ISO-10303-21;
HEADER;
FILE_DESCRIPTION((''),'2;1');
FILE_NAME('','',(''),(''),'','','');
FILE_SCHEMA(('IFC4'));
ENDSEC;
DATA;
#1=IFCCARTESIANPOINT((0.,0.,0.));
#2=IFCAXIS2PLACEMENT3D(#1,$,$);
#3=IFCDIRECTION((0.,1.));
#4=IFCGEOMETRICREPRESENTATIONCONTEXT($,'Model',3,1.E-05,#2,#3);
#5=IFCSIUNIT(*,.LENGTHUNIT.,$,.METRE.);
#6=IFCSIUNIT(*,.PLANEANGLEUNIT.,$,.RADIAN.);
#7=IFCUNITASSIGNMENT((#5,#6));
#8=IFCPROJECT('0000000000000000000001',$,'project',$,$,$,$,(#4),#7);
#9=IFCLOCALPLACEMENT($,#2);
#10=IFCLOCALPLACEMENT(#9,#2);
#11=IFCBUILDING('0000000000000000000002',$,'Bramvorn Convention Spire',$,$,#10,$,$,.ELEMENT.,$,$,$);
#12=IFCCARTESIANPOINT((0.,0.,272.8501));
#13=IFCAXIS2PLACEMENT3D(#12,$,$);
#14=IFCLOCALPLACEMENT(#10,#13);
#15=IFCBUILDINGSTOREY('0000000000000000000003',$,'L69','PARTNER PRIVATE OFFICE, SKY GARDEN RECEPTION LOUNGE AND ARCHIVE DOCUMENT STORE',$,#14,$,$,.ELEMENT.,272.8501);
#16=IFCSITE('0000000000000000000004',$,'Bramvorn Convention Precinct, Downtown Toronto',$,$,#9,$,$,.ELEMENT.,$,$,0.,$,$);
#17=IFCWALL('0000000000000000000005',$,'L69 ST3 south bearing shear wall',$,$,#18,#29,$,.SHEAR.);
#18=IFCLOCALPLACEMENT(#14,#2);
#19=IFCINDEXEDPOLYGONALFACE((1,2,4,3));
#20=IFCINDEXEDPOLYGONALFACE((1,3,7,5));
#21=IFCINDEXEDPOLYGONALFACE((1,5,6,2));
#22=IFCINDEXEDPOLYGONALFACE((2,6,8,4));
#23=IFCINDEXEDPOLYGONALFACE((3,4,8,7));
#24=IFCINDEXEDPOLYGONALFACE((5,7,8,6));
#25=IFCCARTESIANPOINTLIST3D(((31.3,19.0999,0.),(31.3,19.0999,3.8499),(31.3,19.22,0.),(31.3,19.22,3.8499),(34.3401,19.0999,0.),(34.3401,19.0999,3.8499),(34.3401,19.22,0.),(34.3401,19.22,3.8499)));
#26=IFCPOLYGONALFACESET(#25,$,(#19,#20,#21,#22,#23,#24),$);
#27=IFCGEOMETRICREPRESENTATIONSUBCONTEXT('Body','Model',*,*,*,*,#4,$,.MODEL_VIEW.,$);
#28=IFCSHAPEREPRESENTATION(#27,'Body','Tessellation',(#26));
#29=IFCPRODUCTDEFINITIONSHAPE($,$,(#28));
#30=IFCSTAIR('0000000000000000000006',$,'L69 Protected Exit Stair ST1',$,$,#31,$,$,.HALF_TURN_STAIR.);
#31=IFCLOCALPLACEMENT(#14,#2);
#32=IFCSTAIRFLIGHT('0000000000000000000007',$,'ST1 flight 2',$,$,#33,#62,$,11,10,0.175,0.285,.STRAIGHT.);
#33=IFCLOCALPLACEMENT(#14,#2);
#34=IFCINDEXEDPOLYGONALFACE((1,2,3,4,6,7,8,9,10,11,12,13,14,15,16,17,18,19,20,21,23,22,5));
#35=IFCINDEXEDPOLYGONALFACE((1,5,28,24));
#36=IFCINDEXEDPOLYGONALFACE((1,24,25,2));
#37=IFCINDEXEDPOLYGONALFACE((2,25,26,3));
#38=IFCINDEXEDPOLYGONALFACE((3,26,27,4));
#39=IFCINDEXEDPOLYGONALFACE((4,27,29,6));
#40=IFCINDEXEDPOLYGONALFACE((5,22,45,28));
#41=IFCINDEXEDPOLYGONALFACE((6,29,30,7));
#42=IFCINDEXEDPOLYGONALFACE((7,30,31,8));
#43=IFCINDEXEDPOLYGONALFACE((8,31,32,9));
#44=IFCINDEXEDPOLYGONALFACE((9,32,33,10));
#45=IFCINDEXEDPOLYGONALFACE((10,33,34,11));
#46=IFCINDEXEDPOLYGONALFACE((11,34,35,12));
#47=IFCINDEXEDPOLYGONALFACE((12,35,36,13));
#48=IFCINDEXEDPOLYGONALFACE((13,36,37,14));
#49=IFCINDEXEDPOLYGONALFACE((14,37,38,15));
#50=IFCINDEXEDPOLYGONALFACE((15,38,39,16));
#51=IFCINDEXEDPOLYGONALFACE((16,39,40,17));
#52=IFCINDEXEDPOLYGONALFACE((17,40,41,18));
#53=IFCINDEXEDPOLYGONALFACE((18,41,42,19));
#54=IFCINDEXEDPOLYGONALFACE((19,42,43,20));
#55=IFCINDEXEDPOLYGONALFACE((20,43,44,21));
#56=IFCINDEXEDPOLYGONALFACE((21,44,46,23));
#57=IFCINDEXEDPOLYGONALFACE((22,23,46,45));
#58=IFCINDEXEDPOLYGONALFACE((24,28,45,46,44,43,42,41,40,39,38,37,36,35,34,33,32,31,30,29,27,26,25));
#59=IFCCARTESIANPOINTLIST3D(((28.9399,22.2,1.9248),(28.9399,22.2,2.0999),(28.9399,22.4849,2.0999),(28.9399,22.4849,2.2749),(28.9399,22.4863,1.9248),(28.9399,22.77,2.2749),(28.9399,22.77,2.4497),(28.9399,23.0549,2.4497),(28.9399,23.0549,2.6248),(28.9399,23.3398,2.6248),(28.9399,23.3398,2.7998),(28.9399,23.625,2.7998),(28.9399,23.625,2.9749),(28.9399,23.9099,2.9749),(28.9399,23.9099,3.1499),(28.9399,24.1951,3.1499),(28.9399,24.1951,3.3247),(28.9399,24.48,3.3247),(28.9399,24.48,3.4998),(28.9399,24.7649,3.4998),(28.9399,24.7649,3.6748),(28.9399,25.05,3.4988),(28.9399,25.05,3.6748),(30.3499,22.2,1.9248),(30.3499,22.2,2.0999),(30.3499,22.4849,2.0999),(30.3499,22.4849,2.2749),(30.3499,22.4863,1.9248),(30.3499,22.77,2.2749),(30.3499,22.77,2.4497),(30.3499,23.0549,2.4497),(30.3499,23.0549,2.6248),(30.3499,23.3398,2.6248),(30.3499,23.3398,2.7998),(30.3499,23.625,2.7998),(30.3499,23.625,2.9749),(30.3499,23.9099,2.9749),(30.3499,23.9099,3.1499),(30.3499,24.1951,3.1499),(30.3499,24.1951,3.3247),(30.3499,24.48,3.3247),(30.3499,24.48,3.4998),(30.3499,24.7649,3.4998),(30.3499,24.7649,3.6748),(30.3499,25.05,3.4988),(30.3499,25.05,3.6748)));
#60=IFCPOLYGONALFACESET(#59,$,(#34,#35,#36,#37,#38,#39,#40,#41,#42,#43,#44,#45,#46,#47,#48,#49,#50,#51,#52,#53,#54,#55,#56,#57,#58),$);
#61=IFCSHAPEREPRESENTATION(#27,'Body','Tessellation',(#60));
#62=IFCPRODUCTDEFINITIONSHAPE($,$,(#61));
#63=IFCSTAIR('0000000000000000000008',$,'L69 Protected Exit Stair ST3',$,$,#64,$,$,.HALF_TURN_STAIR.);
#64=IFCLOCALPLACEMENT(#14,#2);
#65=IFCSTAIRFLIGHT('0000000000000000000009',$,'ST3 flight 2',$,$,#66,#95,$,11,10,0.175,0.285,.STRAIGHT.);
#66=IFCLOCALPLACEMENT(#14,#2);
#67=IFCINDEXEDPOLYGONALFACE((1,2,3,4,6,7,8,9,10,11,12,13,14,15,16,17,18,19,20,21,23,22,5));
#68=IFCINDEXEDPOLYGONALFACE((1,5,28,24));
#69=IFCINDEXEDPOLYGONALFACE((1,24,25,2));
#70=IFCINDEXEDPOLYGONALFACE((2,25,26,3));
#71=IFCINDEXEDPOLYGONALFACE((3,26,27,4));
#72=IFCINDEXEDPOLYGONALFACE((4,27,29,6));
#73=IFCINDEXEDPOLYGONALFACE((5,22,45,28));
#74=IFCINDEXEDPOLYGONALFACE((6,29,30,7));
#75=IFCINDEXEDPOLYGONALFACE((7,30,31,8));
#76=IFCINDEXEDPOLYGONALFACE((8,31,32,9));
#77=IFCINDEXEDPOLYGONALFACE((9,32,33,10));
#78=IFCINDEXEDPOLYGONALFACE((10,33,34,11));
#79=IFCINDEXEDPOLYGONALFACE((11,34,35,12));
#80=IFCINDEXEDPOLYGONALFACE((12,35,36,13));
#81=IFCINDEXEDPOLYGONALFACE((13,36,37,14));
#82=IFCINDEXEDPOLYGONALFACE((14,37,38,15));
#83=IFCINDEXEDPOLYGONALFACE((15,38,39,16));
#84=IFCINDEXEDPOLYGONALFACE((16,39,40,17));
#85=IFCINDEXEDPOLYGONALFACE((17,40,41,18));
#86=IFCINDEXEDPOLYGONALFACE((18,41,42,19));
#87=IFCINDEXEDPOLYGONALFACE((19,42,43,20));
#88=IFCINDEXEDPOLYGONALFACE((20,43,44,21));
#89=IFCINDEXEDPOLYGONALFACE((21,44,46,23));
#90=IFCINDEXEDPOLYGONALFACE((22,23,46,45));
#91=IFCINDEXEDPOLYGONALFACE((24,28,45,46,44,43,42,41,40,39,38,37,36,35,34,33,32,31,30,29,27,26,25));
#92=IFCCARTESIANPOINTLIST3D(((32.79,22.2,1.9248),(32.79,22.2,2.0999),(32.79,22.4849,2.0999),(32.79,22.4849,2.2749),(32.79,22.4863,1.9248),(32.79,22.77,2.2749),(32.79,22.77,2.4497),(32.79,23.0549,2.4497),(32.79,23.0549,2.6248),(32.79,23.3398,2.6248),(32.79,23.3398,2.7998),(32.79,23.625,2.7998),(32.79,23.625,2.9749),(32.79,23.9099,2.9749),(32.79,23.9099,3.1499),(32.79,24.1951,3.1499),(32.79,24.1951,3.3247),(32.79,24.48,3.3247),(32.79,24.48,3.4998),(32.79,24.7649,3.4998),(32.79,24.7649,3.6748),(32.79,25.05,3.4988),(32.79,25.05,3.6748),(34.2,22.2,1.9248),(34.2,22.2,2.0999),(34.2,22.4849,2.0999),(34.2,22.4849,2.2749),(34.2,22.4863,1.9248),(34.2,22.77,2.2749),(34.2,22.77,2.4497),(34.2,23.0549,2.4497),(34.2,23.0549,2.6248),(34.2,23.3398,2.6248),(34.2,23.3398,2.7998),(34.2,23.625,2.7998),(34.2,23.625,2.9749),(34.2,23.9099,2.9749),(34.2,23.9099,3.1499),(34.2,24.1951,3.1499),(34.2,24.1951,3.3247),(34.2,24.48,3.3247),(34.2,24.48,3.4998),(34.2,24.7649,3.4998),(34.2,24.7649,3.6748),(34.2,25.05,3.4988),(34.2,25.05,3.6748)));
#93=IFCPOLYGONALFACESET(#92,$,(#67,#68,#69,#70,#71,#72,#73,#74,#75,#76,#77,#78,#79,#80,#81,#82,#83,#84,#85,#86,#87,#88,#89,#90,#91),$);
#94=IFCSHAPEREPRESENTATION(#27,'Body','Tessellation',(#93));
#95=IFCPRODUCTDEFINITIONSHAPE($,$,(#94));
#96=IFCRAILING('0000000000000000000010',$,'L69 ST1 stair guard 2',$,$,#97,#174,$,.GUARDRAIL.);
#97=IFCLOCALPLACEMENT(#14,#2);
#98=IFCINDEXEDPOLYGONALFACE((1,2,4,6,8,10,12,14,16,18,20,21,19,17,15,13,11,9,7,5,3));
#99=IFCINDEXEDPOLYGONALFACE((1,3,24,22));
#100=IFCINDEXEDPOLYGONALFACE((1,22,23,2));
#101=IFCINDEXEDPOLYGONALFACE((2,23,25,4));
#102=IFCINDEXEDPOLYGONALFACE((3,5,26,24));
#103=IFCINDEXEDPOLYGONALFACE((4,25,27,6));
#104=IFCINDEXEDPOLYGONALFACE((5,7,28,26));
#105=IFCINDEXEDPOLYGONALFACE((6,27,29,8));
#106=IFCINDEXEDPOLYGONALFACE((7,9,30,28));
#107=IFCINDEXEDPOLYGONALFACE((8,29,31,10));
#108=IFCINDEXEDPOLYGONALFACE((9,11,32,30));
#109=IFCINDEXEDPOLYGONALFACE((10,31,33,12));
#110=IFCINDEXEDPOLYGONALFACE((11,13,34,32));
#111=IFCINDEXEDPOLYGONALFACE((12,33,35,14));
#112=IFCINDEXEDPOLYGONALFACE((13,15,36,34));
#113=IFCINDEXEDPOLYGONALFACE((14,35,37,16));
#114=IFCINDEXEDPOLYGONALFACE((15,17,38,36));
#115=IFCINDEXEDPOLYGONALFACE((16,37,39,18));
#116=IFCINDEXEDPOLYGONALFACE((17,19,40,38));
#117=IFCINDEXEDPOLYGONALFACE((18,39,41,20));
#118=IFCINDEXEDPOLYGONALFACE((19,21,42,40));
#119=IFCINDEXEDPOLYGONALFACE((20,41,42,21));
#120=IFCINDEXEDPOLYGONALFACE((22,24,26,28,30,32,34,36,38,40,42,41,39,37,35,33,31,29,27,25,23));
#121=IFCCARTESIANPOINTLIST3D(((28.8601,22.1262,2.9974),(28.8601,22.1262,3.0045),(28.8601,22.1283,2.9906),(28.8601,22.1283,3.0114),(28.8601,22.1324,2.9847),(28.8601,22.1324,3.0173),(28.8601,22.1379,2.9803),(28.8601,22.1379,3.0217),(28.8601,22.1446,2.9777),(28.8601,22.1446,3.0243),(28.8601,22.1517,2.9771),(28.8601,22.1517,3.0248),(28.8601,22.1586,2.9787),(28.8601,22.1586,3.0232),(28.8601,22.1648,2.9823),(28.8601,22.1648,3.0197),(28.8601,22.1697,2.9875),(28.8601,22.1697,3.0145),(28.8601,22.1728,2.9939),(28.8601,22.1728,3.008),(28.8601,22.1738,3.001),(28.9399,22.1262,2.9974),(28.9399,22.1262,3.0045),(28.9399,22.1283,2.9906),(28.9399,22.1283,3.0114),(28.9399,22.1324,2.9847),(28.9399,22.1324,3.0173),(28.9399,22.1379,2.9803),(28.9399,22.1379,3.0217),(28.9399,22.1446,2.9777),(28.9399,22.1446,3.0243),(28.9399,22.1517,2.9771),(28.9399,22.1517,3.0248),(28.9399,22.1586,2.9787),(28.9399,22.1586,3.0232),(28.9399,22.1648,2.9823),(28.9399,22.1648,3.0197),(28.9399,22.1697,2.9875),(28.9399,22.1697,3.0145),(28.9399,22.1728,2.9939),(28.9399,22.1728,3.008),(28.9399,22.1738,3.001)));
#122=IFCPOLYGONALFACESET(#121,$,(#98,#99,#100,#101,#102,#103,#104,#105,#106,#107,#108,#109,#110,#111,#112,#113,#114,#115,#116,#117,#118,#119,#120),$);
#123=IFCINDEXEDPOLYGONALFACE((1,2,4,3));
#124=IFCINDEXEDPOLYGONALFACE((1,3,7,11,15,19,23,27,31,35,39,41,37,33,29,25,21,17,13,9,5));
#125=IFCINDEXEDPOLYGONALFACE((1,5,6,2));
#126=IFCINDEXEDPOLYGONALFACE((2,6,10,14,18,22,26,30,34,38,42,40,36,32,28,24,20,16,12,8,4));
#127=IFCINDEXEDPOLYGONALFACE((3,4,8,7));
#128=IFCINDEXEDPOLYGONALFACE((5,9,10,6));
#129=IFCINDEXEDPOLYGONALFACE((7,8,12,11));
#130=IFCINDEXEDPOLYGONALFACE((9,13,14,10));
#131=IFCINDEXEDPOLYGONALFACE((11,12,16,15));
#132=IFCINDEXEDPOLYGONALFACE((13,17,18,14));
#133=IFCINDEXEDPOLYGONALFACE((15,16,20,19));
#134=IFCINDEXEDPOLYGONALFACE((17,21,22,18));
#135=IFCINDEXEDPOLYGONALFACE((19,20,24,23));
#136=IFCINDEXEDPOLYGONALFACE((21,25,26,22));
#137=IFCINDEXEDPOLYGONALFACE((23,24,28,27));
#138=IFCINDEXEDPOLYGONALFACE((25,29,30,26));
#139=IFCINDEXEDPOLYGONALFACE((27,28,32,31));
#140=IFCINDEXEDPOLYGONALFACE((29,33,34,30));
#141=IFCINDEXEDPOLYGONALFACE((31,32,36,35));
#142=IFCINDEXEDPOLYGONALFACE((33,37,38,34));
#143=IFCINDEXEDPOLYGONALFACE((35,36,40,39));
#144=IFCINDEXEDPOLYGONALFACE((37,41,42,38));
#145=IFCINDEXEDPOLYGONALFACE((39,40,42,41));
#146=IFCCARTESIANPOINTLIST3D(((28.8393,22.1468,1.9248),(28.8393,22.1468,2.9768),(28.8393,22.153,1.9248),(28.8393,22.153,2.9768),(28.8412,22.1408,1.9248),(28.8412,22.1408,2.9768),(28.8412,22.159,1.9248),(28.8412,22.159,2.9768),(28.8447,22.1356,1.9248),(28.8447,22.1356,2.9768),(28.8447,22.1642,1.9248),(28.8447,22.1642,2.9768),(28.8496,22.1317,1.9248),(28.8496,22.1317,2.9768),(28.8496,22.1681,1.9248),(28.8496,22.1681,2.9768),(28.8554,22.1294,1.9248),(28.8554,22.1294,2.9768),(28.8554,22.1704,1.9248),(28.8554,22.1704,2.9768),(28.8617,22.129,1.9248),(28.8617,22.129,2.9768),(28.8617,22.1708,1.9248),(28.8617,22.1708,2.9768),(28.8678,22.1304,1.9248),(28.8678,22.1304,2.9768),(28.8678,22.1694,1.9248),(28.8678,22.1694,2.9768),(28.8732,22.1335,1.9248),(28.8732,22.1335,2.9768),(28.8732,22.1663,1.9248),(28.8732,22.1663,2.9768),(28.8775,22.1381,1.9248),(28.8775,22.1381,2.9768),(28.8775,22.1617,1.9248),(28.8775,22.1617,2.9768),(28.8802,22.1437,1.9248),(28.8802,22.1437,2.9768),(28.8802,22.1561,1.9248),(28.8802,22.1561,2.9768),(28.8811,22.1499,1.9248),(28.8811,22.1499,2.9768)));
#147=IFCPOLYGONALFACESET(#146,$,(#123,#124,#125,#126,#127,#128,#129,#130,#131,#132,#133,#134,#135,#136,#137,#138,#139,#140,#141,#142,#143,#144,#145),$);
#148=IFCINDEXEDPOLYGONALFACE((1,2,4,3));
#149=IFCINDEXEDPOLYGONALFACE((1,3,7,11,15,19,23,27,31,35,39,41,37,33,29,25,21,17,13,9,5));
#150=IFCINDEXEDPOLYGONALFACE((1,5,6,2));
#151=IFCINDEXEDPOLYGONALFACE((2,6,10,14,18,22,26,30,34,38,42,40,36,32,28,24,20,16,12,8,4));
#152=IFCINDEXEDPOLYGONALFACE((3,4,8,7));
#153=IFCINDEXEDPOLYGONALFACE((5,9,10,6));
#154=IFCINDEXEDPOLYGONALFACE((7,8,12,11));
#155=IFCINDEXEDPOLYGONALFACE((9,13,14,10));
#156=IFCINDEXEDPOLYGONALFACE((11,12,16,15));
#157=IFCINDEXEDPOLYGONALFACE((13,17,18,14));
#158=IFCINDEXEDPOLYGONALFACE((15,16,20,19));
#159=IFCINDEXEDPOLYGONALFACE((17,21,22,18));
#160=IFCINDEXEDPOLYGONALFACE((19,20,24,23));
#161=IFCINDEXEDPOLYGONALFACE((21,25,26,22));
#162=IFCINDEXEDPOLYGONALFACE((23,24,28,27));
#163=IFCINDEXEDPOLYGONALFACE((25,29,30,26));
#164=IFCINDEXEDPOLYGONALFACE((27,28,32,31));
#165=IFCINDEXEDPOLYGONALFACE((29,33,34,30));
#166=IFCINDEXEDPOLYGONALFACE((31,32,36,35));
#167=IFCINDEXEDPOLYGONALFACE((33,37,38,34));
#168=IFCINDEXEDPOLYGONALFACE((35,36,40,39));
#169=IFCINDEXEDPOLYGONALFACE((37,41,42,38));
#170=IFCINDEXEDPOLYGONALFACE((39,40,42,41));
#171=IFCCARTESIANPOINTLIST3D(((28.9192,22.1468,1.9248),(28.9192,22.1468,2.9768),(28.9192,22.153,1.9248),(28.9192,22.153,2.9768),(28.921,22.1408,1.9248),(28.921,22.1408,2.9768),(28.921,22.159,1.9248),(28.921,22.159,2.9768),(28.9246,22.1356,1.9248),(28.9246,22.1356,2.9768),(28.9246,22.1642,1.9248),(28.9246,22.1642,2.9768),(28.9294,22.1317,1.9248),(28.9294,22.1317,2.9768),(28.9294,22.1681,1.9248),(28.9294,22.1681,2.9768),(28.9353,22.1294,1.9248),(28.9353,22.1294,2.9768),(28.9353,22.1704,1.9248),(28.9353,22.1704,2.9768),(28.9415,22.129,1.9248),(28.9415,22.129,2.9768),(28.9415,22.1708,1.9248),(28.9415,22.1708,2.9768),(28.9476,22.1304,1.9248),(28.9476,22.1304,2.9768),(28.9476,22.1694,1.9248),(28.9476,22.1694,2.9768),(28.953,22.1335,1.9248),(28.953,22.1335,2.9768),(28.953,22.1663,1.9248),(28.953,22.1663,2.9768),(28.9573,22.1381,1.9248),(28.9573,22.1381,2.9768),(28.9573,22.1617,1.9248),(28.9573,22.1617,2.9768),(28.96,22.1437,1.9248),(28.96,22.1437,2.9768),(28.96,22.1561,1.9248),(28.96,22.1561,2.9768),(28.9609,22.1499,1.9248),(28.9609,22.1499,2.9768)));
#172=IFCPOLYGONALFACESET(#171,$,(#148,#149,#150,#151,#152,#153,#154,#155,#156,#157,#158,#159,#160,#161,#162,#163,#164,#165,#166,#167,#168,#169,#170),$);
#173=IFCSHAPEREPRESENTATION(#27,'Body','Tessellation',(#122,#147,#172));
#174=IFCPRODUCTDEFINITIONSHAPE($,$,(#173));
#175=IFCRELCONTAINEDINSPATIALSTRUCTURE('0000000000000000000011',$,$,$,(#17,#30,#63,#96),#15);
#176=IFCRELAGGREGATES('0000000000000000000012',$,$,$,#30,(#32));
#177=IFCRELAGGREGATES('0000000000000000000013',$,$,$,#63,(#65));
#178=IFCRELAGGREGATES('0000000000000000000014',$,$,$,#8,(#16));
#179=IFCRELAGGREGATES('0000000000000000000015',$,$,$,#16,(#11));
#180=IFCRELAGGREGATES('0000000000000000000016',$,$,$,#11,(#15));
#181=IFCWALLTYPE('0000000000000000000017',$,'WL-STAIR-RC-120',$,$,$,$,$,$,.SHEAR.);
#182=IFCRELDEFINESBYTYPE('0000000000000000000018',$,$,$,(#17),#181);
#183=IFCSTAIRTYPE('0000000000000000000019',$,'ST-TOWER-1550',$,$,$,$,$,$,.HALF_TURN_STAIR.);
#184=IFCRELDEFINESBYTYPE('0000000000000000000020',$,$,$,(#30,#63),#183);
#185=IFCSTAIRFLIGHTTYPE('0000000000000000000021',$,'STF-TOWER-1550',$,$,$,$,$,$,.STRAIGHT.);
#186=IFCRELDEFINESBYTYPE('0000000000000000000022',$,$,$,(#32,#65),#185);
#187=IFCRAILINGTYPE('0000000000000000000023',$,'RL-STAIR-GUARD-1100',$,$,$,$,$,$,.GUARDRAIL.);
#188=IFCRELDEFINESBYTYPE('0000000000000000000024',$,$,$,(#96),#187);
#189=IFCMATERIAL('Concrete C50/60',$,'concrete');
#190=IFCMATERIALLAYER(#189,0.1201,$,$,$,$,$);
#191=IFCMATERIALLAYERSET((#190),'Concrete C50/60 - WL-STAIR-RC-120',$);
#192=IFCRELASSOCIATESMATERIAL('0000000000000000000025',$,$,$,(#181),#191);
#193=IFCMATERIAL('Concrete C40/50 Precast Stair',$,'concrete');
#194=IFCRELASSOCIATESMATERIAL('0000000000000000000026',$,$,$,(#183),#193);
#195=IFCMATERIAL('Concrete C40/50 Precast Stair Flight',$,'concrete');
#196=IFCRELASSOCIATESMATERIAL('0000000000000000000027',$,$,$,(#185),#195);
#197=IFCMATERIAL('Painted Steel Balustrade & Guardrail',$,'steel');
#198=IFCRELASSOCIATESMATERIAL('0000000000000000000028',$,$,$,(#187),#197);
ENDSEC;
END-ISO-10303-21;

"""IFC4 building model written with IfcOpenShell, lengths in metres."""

from ifc_helpers import new_model, si_unit, direction, frame, frame_2d, origin, origin_2d, place, context, subcontext, project, spatial, polyline, rectangle, circle, outline, extrude, material, layer, layer_set, type_object, element, aggregate, save


model = new_model("IFC4")

# Units and contexts
model_context = context("Model", 3, precision=1e-05, world=origin(), true_north=direction((0.0, 1.0)))
body_context = subcontext(model_context, "Body", "Model", "MODEL_VIEW")
ifc_project = project(units=[si_unit("LENGTHUNIT", "METRE"), si_unit("PLANEANGLEUNIT", "RADIAN")], contexts=[model_context])

# Site, building, storey
site_placement = place(None, origin())
site = spatial("IfcSite", under=ifc_project, at=site_placement, Name="Bramvorn Convention Precinct, Downtown Toronto", CompositionType="ELEMENT", RefElevation=0.0)
building_placement = place(site_placement, origin())
building = spatial("IfcBuilding", under=site, at=building_placement, Name="Bramvorn Convention Spire", CompositionType="ELEMENT")
storey_placement = place(building_placement, frame((0.0, 0.0, 272.8501)))
storey = spatial("IfcBuildingStorey", under=building, at=storey_placement, Name="L69", Description="PARTNER PRIVATE OFFICE, SKY GARDEN RECEPTION LOUNGE AND ARCHIVE DOCUMENT STORE", CompositionType="ELEMENT", Elevation=272.8501)

# Wall
ifc_material_1 = material(Name="Concrete C50/60", Category="concrete")
ifc_layer_1 = layer(ifc_material_1, 0.1201)
ifc_layer_set_1 = layer_set([ifc_layer_1], Name="Concrete C50/60 - WL-STAIR-RC-120")
wall_type_1 = type_object("IfcWallType", Name="WL-STAIR-RC-120", PredefinedType="SHEAR", material=ifc_layer_set_1)
wall_1_placement = place(storey_placement, frame((31.3, 19.1599, 0.0), z_axis=(0.0, 0.0, 1.0), x_axis=(1.0, 0.0, 0.0)))
element("IfcWall", 1, at=wall_1_placement, inside=storey, type_object=wall_type_1, Name="L69 ST3 south bearing shear wall", PredefinedType="SHEAR", context=body_context, shape_type="SweptSolid", body=[
    extrude(rectangle(XDim=3.04, YDim=0.1201, at=frame_2d((1.52, 0.0))), origin(), (0.0, 0.0, 1.0), 3.8499),
])

# Stairs, stair flights
ifc_material_2 = material(Name="Concrete C40/50 Precast Stair", Category="concrete")
stair_type = type_object("IfcStairType", Name="ST-TOWER-1550", PredefinedType="HALF_TURN_STAIR", material=ifc_material_2)
stair_1_placement = place(storey_placement, origin())
stair_1 = element("IfcStair", 2, at=stair_1_placement, inside=storey, type_object=stair_type, Name="L69 Protected Exit Stair ST1", PredefinedType="HALF_TURN_STAIR")
ifc_material_3 = material(Name="Concrete C40/50 Precast Stair Flight", Category="concrete")
stair_flight_type = type_object("IfcStairFlightType", Name="STF-TOWER-1550", PredefinedType="STRAIGHT", material=ifc_material_3)
stair_flight_1_placement = place(storey_placement, frame((29.645, 22.2, 1.9248), z_axis=(0.0, 0.0, 1.0), x_axis=(0.0, 1.0, 0.0)))
stair_flight_1 = element("IfcStairFlight", 3, at=stair_flight_1_placement, type_object=stair_flight_type, Name="ST1 flight 2", NumberOfRisers=11, NumberOfTreads=10, PredefinedType="STRAIGHT", RiserHeight=0.175, TreadLength=0.285, context=body_context, shape_type="SweptSolid", body=[
    extrude(outline(polyline([(0.0, 0.0), (0.0, 0.175), (0.2849, 0.175), (0.2849, 0.3501), (0.5701, 0.3501), (0.5701, 0.5249), (0.855, 0.5249), (0.855, 0.7), (1.1399, 0.7), (1.1399, 0.875), (1.425, 0.875), (1.425, 1.05), (1.71, 1.05), (1.71, 1.2251), (1.9951, 1.2251), (1.9951, 1.3999), (2.28, 1.3999), (2.28, 1.575), (2.5649, 1.575), (2.5649, 1.75), (2.8501, 1.75), (2.8501, 1.925), (2.8501, 1.574), (0.2864, 0.0), (0.0, 0.0)])), frame((0.0, 0.7051, 0.0), z_axis=(0.0, -1.0, 0.0), x_axis=(1.0, 0.0, 0.0)), (0.0, 0.0, 1.0), 1.4099),
])
aggregate(stair_1, [stair_flight_1])
stair_2_placement = place(storey_placement, origin())
stair_2 = element("IfcStair", 4, at=stair_2_placement, inside=storey, type_object=stair_type, Name="L69 Protected Exit Stair ST3", PredefinedType="HALF_TURN_STAIR")
stair_flight_2_placement = place(storey_placement, frame((33.4951, 22.2, 1.9248), z_axis=(0.0, 0.0, 1.0), x_axis=(0.0, 1.0, 0.0)))
stair_flight_2 = element("IfcStairFlight", 5, at=stair_flight_2_placement, type_object=stair_flight_type, Name="ST3 flight 2", NumberOfRisers=11, NumberOfTreads=10, PredefinedType="STRAIGHT", RiserHeight=0.175, TreadLength=0.285, context=body_context, shape_type="SweptSolid", body=[
    extrude(outline(polyline([(0.0, 0.0), (0.0, 0.175), (0.2849, 0.175), (0.2849, 0.3501), (0.5701, 0.3501), (0.5701, 0.5249), (0.855, 0.5249), (0.855, 0.7), (1.1399, 0.7), (1.1399, 0.875), (1.425, 0.875), (1.425, 1.05), (1.71, 1.05), (1.71, 1.2251), (1.9951, 1.2251), (1.9951, 1.3999), (2.28, 1.3999), (2.28, 1.575), (2.5649, 1.575), (2.5649, 1.75), (2.8501, 1.75), (2.8501, 1.925), (2.8501, 1.574), (0.2864, 0.0), (0.0, 0.0)])), frame((0.0, 0.7051, 0.0), z_axis=(0.0, -1.0, 0.0), x_axis=(1.0, 0.0, 0.0)), (0.0, 0.0, 1.0), 1.4099),
])
aggregate(stair_2, [stair_flight_2])

# Railing
ifc_material_4 = material(Name="Painted Steel Balustrade & Guardrail", Category="steel")
railing_type_1 = type_object("IfcRailingType", Name="RL-STAIR-GUARD-1100", PredefinedType="GUARDRAIL", material=ifc_material_4)
railing_1_placement = place(storey_placement, frame((28.8601, 22.1499, 1.9248)))
element("IfcRailing", 6, at=railing_1_placement, inside=storey, type_object=railing_type_1, Name="L69 ST1 stair guard 2", PredefinedType="GUARDRAIL", context=body_context, shape_type="SweptSolid", body=[
    extrude(circle(Radius=0.0239, at=origin_2d()), frame((0.0, 0.0, 1.0762), z_axis=(1.0, 0.0, 0.0), x_axis=(0.0, 1.0, 0.0)), (0.0, 0.0, 1.0), 0.0798),
    extrude(circle(Radius=0.021, at=origin_2d()), origin(), (0.0, 0.0, 1.0), 1.052),
    extrude(circle(Radius=0.021, at=origin_2d()), frame((0.0798, 0.0, 0.0)), (0.0, 0.0, 1.0), 1.052),
])

save(model, "model.ifc")
